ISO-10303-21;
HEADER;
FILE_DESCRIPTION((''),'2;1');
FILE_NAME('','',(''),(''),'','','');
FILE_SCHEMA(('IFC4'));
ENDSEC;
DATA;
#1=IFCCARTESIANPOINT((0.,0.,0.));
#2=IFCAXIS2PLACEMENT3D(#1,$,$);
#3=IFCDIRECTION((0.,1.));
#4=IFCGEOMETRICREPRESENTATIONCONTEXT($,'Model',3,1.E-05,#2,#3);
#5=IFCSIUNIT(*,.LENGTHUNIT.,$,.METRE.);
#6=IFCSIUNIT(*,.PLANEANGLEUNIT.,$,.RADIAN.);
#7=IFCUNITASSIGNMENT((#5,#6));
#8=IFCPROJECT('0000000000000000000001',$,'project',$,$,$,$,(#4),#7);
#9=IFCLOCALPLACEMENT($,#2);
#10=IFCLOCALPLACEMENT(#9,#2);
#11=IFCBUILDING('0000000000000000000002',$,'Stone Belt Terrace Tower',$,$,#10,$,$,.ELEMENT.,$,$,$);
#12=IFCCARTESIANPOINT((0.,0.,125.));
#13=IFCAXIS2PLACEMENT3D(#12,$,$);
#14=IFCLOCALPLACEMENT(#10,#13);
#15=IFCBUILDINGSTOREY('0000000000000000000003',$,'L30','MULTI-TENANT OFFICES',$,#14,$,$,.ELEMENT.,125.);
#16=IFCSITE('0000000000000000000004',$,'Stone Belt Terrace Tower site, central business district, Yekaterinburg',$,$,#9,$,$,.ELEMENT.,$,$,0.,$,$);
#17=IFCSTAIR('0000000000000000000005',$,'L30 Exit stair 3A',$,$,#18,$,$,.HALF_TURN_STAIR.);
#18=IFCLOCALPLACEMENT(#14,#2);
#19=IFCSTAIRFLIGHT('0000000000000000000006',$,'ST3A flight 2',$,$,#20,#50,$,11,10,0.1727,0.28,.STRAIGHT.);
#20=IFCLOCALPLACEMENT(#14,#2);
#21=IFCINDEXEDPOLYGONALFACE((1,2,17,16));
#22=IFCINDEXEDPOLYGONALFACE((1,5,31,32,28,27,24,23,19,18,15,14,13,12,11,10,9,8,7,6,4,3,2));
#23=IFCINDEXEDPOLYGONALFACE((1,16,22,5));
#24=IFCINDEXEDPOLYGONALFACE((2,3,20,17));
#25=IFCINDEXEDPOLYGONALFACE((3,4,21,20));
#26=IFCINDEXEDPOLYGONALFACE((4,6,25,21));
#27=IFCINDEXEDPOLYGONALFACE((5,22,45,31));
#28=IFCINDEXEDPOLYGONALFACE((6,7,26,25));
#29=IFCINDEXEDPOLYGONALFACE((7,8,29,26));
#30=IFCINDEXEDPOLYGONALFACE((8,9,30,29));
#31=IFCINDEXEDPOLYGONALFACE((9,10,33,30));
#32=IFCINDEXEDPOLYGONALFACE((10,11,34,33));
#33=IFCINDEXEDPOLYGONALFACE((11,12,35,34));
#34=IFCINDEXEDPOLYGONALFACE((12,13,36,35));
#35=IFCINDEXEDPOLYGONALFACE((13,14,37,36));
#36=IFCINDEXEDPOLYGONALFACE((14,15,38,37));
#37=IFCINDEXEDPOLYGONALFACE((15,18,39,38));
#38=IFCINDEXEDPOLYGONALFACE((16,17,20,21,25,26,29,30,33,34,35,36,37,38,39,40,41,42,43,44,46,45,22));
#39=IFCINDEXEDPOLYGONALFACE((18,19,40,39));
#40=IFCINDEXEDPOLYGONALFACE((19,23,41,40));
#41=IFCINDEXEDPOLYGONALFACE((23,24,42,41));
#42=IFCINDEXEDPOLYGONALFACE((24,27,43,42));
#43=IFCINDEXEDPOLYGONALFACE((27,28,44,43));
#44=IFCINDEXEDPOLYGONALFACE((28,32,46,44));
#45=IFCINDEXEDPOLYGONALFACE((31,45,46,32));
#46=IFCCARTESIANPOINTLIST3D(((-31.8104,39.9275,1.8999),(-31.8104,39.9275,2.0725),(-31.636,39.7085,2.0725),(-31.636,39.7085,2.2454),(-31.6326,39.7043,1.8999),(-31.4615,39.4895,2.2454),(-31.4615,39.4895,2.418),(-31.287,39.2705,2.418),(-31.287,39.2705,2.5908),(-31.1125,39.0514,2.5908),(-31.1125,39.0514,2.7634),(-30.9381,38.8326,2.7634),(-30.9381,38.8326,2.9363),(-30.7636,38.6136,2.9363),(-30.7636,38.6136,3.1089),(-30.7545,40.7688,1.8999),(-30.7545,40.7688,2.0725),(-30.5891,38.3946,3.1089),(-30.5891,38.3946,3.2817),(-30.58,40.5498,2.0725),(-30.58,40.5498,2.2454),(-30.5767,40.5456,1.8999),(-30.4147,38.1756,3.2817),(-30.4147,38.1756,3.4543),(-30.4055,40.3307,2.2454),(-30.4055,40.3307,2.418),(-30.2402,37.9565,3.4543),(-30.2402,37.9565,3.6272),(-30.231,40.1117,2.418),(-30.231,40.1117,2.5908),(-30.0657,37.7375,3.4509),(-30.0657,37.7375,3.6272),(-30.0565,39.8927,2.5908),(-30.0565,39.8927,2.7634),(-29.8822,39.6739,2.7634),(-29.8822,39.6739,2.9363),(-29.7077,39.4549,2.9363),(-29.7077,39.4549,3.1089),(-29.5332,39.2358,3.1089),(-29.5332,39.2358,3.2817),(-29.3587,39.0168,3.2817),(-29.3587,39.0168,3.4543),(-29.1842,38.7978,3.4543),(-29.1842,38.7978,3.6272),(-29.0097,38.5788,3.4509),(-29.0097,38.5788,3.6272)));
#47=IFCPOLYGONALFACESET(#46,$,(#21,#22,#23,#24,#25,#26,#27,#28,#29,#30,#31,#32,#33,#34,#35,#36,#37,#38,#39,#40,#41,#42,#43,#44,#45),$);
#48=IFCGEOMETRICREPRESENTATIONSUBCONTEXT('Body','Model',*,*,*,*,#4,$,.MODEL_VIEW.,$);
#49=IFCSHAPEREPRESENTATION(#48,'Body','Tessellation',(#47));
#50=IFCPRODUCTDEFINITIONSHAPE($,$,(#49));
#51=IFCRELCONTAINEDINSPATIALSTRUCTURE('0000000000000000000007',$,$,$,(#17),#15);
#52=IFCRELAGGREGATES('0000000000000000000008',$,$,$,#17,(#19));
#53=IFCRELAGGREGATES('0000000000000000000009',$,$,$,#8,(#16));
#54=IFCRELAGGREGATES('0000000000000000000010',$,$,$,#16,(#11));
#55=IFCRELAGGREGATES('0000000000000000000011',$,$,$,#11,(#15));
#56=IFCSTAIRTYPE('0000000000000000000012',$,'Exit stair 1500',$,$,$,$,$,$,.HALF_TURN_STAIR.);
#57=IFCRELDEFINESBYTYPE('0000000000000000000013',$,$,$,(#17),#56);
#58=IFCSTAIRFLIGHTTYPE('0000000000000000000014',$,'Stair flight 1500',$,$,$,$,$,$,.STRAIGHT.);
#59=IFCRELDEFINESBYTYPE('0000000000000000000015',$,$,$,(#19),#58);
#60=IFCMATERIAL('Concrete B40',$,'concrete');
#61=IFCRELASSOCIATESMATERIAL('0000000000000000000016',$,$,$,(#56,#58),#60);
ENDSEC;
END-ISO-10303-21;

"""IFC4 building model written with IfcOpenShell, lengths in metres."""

from ifc_helpers import new_model, si_unit, direction, frame, origin, place, context, subcontext, project, spatial, polyline, outline, extrude, material, type_object, element, aggregate, save


model = new_model("IFC4")

# Units and contexts
model_context = context("Model", 3, precision=1e-05, world=origin(), true_north=direction((0.0, 1.0)))
body_context = subcontext(model_context, "Body", "Model", "MODEL_VIEW")
ifc_project = project(units=[si_unit("LENGTHUNIT", "METRE"), si_unit("PLANEANGLEUNIT", "RADIAN")], contexts=[model_context])

# Site, building, storey
site_placement = place(None, origin())
site = spatial("IfcSite", under=ifc_project, at=site_placement, Name="Stone Belt Terrace Tower site, central business district, Yekaterinburg", CompositionType="ELEMENT", RefElevation=0.0)
building_placement = place(site_placement, origin())
building = spatial("IfcBuilding", under=site, at=building_placement, Name="Stone Belt Terrace Tower", CompositionType="ELEMENT")
storey_placement = place(building_placement, frame((0.0, 0.0, 125.0)))
storey = spatial("IfcBuildingStorey", under=building, at=storey_placement, Name="L30", Description="MULTI-TENANT OFFICES", CompositionType="ELEMENT", Elevation=125.0)

# Stair, stair flight
ifc_material_1 = material(Name="Concrete B40", Category="concrete")
stair_type = type_object("IfcStairType", Name="Exit stair 1500", PredefinedType="HALF_TURN_STAIR", material=ifc_material_1)
stair_placement = place(storey_placement, origin())
stair = element("IfcStair", 1, at=stair_placement, inside=storey, type_object=stair_type, Name="L30 Exit stair 3A", PredefinedType="HALF_TURN_STAIR")
stair_flight_type = type_object("IfcStairFlightType", Name="Stair flight 1500", PredefinedType="STRAIGHT", material=ifc_material_1)
stair_flight_1_placement = place(storey_placement, frame((-31.2825, 40.3481, 1.8999), z_axis=(0.0, 0.0, 1.0), x_axis=(0.623121, -0.782125, 0.0)))
stair_flight_1 = element("IfcStairFlight", 2, at=stair_flight_1_placement, type_object=stair_flight_type, Name="ST3A flight 2", NumberOfRisers=11, NumberOfTreads=10, PredefinedType="STRAIGHT", RiserHeight=0.1727, TreadLength=0.28, context=body_context, shape_type="SweptSolid", body=[
    extrude(outline(polyline([(0.0, 0.0), (0.0, 0.1726), (0.28, 0.1726), (0.28, 0.3455), (0.5601, 0.3455), (0.5601, 0.5181), (0.8401, 0.5181), (0.8401, 0.6909), (1.1201, 0.6909), (1.1201, 0.8635), (1.3999, 0.8635), (1.3999, 1.0364), (1.6799, 1.0364), (1.6799, 1.209), (1.96, 1.209), (1.96, 1.3818), (2.24, 1.3818), (2.24, 1.5544), (2.52, 1.5544), (2.52, 1.7273), (2.8, 1.7273), (2.8, 1.8999), (2.8, 1.551), (0.2854, 0.0), (0.0, 0.0)])), frame((0.0, 0.675, 0.0), z_axis=(0.0, -1.0, 0.0), x_axis=(1.0, 0.0, 0.0)), (0.0, 0.0, 1.0), 1.3501),
])
aggregate(stair, [stair_flight_1])

save(model, "model.ifc")
